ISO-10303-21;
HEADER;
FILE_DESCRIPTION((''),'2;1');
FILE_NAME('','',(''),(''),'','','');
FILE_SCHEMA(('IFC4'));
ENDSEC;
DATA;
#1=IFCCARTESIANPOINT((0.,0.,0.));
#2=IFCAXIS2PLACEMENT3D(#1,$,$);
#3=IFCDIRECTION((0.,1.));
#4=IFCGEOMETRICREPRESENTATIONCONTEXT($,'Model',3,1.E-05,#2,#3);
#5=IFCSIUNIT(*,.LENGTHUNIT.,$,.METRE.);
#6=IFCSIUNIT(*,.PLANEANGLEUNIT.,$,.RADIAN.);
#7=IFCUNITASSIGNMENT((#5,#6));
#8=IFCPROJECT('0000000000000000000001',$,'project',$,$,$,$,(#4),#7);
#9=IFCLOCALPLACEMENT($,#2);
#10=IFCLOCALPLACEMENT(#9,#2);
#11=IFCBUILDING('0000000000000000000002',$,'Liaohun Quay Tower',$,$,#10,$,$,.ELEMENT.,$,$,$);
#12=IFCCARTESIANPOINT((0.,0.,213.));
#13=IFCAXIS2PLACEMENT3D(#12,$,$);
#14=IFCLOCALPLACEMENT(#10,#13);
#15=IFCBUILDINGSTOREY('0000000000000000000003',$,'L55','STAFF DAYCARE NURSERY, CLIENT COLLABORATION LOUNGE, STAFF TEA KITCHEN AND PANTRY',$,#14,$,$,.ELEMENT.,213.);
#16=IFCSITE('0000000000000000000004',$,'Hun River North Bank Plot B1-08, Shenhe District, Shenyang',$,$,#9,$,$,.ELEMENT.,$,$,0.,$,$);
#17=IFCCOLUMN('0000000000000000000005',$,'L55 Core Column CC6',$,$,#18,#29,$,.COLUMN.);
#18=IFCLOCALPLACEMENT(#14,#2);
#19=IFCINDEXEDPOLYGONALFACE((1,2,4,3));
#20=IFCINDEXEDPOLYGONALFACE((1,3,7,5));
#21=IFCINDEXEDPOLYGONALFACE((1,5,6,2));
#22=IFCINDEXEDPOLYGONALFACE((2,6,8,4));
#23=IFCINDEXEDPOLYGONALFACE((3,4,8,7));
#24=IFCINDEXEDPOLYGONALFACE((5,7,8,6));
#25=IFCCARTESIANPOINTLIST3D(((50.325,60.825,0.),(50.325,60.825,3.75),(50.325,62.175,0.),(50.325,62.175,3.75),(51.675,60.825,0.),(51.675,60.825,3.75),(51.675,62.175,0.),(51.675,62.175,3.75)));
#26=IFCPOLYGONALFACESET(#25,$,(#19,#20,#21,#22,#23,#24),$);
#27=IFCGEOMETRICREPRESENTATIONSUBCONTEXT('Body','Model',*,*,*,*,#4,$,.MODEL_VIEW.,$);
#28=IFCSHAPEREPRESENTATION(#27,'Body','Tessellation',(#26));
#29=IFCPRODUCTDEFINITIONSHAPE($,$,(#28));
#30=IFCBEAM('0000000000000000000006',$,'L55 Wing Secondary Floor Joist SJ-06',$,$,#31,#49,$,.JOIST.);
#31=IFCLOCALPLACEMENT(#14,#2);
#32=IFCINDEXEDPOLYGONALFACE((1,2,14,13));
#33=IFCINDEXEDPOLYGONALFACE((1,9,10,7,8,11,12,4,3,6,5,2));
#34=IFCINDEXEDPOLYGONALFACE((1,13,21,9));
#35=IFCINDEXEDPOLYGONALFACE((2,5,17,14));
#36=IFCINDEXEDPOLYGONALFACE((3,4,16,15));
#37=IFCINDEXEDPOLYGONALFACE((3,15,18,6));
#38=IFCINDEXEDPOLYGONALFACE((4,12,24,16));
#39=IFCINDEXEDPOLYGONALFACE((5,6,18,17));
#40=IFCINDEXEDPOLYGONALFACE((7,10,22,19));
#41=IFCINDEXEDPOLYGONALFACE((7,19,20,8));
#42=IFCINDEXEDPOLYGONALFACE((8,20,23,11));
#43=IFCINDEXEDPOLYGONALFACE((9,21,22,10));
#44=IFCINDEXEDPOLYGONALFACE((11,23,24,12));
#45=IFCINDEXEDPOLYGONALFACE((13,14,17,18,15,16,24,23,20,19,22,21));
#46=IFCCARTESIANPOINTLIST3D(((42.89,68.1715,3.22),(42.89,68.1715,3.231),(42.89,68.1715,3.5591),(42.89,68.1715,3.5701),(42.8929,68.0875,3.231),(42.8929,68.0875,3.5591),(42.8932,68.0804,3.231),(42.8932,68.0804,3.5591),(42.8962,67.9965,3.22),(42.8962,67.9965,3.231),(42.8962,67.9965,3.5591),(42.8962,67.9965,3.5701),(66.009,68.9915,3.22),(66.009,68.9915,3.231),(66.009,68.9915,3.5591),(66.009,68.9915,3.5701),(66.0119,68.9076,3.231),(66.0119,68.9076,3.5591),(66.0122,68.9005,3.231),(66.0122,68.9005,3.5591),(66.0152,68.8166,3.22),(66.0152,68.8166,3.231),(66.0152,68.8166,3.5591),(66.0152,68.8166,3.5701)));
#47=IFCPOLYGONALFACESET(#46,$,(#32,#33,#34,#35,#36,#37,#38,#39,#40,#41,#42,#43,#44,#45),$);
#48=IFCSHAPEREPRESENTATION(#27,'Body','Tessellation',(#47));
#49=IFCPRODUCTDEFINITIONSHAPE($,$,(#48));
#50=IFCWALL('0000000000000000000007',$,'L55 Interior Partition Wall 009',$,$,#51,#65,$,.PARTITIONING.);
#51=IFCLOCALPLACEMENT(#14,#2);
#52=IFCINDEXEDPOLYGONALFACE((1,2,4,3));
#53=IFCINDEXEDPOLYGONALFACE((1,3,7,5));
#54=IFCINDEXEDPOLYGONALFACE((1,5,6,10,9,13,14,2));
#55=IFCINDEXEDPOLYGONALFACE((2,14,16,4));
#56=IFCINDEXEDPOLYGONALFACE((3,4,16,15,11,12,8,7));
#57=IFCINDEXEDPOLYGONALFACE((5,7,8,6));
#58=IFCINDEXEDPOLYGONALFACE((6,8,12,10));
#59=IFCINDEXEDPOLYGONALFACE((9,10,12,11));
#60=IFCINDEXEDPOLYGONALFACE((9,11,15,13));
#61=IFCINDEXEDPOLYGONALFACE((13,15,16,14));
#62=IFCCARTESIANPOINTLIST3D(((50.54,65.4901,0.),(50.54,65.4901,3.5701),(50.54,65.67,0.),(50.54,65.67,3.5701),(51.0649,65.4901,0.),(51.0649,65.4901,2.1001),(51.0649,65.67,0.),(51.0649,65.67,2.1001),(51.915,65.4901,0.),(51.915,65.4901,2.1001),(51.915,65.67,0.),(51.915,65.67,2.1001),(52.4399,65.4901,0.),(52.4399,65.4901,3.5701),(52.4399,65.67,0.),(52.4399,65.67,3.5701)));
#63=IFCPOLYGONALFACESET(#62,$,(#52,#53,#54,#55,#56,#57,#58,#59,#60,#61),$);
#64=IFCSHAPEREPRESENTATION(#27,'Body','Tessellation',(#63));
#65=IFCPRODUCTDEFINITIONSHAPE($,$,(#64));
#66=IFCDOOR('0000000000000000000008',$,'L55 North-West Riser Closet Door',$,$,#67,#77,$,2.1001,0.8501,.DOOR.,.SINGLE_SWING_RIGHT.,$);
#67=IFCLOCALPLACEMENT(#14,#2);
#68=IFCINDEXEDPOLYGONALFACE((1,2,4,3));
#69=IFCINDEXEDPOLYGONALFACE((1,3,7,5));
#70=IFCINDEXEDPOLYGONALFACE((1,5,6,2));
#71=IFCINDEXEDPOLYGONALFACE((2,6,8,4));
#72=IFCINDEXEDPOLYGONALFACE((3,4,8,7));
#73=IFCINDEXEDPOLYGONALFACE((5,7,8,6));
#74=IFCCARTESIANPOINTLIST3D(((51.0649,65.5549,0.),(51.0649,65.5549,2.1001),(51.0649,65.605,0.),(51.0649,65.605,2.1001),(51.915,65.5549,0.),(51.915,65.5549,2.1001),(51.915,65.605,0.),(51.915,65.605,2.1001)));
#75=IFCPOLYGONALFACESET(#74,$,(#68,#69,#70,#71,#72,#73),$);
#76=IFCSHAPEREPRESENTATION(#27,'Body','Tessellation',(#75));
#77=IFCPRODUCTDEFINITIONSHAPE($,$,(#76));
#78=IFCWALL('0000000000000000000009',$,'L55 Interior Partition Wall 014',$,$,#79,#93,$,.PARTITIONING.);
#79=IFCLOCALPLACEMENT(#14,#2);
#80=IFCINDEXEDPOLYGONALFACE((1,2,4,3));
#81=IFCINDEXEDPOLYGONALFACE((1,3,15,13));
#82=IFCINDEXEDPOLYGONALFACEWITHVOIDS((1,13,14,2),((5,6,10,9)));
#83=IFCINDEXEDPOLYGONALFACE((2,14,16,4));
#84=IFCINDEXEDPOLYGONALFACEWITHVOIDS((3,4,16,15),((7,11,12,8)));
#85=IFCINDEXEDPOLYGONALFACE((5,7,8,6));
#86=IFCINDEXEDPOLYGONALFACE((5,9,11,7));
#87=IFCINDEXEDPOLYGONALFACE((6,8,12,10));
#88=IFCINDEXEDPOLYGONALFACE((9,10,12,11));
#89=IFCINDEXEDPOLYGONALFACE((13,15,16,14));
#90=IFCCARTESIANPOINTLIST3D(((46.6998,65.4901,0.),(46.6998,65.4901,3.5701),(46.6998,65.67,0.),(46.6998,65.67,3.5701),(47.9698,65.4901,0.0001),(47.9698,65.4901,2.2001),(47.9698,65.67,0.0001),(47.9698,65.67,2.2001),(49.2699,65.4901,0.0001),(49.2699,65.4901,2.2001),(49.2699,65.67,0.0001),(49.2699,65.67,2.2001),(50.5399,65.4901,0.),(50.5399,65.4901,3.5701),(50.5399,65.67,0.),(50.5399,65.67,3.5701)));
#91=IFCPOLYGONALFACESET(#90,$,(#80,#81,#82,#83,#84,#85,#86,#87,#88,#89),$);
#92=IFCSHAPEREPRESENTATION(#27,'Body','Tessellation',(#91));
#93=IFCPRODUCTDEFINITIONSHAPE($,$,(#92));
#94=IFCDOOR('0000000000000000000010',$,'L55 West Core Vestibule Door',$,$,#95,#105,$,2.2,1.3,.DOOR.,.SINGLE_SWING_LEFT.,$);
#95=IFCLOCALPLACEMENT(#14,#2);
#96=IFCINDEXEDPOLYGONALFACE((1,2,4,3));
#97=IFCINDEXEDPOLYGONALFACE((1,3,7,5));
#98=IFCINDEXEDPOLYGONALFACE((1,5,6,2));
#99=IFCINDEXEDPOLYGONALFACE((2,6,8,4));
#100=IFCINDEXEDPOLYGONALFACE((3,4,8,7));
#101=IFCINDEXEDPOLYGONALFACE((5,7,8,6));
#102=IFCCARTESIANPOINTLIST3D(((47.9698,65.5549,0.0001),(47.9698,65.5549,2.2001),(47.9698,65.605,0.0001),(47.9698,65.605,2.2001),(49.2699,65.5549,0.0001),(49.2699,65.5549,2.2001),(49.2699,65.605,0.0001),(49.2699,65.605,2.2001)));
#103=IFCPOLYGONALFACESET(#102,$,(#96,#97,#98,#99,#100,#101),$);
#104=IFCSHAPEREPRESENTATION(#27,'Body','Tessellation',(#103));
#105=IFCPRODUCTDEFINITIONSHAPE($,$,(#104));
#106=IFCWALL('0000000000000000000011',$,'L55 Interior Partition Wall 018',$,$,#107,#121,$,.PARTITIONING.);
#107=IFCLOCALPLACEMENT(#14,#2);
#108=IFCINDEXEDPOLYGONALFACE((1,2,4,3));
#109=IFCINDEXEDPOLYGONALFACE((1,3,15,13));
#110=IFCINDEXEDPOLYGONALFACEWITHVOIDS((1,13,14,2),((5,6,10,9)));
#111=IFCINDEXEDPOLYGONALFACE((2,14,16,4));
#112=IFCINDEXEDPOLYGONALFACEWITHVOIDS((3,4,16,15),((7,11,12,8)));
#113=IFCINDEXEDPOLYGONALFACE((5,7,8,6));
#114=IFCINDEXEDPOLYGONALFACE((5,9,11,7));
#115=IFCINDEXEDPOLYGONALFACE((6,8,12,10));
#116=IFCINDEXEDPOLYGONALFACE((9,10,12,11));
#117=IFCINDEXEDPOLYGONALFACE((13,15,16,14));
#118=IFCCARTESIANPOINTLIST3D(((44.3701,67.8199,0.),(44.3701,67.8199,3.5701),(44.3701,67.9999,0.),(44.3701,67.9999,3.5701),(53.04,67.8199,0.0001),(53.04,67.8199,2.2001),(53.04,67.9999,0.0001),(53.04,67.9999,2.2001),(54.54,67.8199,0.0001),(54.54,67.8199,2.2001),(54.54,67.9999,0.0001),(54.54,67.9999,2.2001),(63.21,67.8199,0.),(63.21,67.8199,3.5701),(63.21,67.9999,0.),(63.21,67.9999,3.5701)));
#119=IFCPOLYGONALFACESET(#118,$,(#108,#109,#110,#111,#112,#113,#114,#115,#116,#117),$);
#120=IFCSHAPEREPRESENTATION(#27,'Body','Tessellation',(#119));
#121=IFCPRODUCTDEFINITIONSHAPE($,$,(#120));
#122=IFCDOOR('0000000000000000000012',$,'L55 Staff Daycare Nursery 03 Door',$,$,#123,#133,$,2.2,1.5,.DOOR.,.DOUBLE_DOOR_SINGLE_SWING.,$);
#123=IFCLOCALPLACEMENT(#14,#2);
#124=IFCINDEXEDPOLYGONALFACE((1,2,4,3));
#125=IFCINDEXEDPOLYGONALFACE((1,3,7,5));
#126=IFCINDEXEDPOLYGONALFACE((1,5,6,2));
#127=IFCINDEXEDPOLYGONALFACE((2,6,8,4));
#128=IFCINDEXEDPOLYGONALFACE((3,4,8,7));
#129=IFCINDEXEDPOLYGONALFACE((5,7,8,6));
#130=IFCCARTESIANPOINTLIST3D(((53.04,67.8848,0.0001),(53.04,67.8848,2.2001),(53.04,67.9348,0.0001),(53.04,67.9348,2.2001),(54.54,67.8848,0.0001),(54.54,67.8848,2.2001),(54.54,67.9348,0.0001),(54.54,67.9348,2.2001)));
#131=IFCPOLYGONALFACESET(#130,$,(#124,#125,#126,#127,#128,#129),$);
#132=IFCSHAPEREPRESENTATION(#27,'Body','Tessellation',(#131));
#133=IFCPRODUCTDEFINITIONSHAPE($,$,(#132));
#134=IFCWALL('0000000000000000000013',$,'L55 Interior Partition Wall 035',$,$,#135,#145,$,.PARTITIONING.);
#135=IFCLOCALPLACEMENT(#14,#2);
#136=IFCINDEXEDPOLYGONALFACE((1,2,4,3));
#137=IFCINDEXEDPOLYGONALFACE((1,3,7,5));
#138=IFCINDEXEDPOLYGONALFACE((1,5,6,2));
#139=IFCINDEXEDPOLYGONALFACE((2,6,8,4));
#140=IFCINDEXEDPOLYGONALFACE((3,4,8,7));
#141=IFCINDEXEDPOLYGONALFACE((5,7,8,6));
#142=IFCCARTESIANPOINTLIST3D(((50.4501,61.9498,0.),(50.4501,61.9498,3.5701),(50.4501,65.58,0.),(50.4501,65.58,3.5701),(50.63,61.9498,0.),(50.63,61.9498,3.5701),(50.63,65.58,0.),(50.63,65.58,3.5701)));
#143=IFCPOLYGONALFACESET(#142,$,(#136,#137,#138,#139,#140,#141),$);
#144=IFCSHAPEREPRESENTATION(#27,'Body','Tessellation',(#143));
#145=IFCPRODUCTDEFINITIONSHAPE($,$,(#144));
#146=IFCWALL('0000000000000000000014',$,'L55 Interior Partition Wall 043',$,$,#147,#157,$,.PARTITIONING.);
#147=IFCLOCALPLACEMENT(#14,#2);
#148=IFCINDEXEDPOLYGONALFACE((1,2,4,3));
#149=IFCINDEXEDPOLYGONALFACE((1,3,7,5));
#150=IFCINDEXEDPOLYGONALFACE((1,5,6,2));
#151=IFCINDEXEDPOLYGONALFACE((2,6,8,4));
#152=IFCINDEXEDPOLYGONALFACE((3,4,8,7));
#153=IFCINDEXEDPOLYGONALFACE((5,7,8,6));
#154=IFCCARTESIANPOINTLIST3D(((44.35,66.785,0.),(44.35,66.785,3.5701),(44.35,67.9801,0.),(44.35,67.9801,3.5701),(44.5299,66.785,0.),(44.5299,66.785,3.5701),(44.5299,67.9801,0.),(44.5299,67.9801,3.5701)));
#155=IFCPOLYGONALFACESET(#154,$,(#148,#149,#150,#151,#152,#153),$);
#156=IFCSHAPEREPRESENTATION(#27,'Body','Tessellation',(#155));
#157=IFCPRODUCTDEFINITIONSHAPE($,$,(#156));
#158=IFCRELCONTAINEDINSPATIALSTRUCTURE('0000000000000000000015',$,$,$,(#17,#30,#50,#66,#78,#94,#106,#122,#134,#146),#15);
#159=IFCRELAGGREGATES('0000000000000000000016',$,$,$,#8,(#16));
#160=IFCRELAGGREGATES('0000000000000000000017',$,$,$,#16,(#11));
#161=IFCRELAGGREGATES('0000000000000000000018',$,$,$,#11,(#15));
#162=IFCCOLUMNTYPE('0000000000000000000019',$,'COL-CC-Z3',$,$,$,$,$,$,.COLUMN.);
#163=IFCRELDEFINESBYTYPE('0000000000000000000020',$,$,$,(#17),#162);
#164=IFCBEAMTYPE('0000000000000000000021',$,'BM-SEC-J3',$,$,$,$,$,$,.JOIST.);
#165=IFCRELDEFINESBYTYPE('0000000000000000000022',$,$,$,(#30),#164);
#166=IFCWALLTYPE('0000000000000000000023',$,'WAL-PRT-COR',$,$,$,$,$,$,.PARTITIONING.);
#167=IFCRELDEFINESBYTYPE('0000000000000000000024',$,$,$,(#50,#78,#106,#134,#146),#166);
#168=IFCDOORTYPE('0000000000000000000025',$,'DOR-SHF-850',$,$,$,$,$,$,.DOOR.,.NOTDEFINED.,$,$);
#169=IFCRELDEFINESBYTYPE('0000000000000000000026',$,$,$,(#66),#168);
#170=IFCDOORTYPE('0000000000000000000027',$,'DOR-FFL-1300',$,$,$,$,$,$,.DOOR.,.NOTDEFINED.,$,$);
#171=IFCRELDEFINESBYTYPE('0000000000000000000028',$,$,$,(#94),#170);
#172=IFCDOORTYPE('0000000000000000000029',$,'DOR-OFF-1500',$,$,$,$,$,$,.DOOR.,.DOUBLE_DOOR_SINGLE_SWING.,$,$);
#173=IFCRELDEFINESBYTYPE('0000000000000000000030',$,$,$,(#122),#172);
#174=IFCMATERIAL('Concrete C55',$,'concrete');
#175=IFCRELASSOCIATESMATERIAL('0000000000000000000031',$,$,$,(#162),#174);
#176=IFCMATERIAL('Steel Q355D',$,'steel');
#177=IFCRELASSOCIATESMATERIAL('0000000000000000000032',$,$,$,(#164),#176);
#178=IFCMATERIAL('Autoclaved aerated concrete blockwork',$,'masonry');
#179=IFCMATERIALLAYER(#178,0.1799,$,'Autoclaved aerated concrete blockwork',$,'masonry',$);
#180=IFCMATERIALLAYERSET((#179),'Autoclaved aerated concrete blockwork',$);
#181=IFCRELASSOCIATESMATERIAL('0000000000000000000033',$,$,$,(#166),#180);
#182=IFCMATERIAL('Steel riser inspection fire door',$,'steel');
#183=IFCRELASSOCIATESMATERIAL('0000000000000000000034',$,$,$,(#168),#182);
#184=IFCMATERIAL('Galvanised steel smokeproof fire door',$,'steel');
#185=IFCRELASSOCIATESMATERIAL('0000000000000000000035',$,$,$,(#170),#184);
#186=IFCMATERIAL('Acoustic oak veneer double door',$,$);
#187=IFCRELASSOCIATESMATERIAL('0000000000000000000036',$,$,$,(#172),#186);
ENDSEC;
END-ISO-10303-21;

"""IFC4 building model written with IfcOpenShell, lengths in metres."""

from ifc_helpers import new_model, si_unit, direction, frame, frame_2d, origin, origin_2d, place, context, subcontext, project, spatial, rectangle, i_section, extrude, source, transform, mapped, material, layer, layer_set, material_profile, profile_set, type_object, element, fill, save


model = new_model("IFC4")

# Units and contexts
model_context = context("Model", 3, precision=1e-05, world=origin(), true_north=direction((0.0, 1.0)))
body_context = subcontext(model_context, "Body", "Model", "MODEL_VIEW")
ifc_project = project(units=[si_unit("LENGTHUNIT", "METRE"), si_unit("PLANEANGLEUNIT", "RADIAN")], contexts=[model_context])

# Site, building, storey
site_placement = place(None, origin())
site = spatial("IfcSite", under=ifc_project, at=site_placement, Name="Hun River North Bank Plot B1-08, Shenhe District, Shenyang", CompositionType="ELEMENT", RefElevation=0.0)
building_placement = place(site_placement, origin())
building = spatial("IfcBuilding", under=site, at=building_placement, Name="Liaohun Quay Tower", CompositionType="ELEMENT")
storey_placement = place(building_placement, frame((0.0, 0.0, 213.0)))
storey = spatial("IfcBuildingStorey", under=building, at=storey_placement, Name="L55", Description="STAFF DAYCARE NURSERY, CLIENT COLLABORATION LOUNGE, STAFF TEA KITCHEN AND PANTRY", CompositionType="ELEMENT", Elevation=213.0)

# Column
ifc_material_1 = material(Name="Concrete C55", Category="concrete")
ifc_material_profile_1 = material_profile(ifc_material_1, rectangle(XDim=1.3501, YDim=1.3501, at=origin_2d()), Name="RC1350x1350")
ifc_profile_set_1 = profile_set([ifc_material_profile_1], Name="Concrete C55")
column_type = type_object("IfcColumnType", Name="COL-CC-Z3", PredefinedType="COLUMN", material=ifc_profile_set_1)
shared_shape_1 = source(origin(), body_context, "Body", "SweptSolid", [
    extrude(rectangle(XDim=1.3501, YDim=1.3501, at=origin_2d()), origin(), (0.0, 0.0, 1.0), 3.75),
])
column_placement = place(storey_placement, frame((51.0, 61.5, 0.0), z_axis=(0.0, 0.0, 1.0), x_axis=(1.0, 0.0, 0.0)))
element("IfcColumn", 1, at=column_placement, inside=storey, type_object=column_type, Name="L55 Core Column CC6", PredefinedType="COLUMN", context=body_context, shape_type="MappedRepresentation", body=[
    mapped(shared_shape_1, transform((0.0, 0.0, 0.0), x_axis=(1.0, 0.0, 0.0), y_axis=(0.0, 1.0, 0.0), z_axis=(0.0, 0.0, 1.0), scale=1.0)),
])

# Beam
ifc_material_2 = material(Name="Steel Q355D", Category="steel")
ifc_material_profile_2 = material_profile(ifc_material_2, i_section(OverallWidth=0.175, OverallDepth=0.3501, WebThickness=0.0071, FlangeThickness=0.011, at=origin_2d()), Name="HN350x175x7x11")
ifc_profile_set_2 = profile_set([ifc_material_profile_2], Name="Steel Q355D")
beam_type = type_object("IfcBeamType", Name="BM-SEC-J3", PredefinedType="JOIST", material=ifc_profile_set_2)
shared_shape_2 = source(origin(), body_context, "Body", "SweptSolid", [
    extrude(i_section(OverallWidth=0.175, OverallDepth=0.3501, WebThickness=0.0071, FlangeThickness=0.011, at=origin_2d()), origin(), (0.0, 0.0, 1.0), 23.1335),
])
beam_placement = place(storey_placement, frame((42.8931, 68.084, 3.395), z_axis=(0.999371, 0.035449, 0.0), x_axis=(-0.035449, 0.999371, 0.0)))
element("IfcBeam", 2, at=beam_placement, inside=storey, type_object=beam_type, Name="L55 Wing Secondary Floor Joist SJ-06", PredefinedType="JOIST", context=body_context, shape_type="MappedRepresentation", body=[
    mapped(shared_shape_2, transform((0.0, 0.0, 0.0), x_axis=(1.0, 0.0, 0.0), y_axis=(0.0, 1.0, 0.0), z_axis=(0.0, 0.0, 1.0), scale=1.0)),
])

# Walls, openings, doors
ifc_material_3 = material(Name="Autoclaved aerated concrete blockwork", Category="masonry")
ifc_layer_1 = layer(ifc_material_3, 0.1799, Name="Autoclaved aerated concrete blockwork", Category="masonry")
ifc_layer_set_1 = layer_set([ifc_layer_1], Name="Autoclaved aerated concrete blockwork")
wall_type_1 = type_object("IfcWallType", Name="WAL-PRT-COR", PredefinedType="PARTITIONING", material=ifc_layer_set_1)
wall_1_placement = place(storey_placement, frame((50.54, 65.5801, 0.0), z_axis=(0.0, 0.0, 1.0), x_axis=(1.0, 0.0, 0.0)))
wall_1 = element("IfcWall", 3, at=wall_1_placement, inside=storey, type_object=wall_type_1, Name="L55 Interior Partition Wall 009", PredefinedType="PARTITIONING", context=body_context, shape_type="SweptSolid", body=[
    extrude(rectangle(XDim=1.8999, YDim=0.1799, at=frame_2d((0.95, 0.0))), origin(), (0.0, 0.0, 1.0), 3.5701),
])
shared_shape_3 = source(origin(), body_context, "Body", "SweptSolid", [
    extrude(rectangle(XDim=0.8501, YDim=2.1001, at=frame_2d((0.425, 1.05))), frame((0.0, 0.0999, 0.0), z_axis=(0.0, -1.0, 0.0), x_axis=(1.0, 0.0, 0.0)), (0.0, 0.0, 1.0), 0.2),
])
opening_1_placement = place(wall_1_placement, frame((0.5249, 0.0, 0.0)))
opening_1 = element("IfcOpeningElement", 4, at=opening_1_placement, cuts=wall_1, PredefinedType="OPENING", context=body_context, shape_type="MappedRepresentation", body=[
    mapped(shared_shape_3, transform((0.0, 0.0, 0.0), x_axis=(1.0, 0.0, 0.0), y_axis=(0.0, 1.0, 0.0), z_axis=(0.0, 0.0, 1.0), scale=1.0)),
])
ifc_material_4 = material(Name="Steel riser inspection fire door", Category="steel")
door_type_1 = type_object("IfcDoorType", Name="DOR-SHF-850", OperationType="NOTDEFINED", PredefinedType="DOOR", material=ifc_material_4)
shared_shape_4 = source(origin(), body_context, "Body", "SweptSolid", [
    extrude(rectangle(XDim=0.8501, YDim=2.1001, at=frame_2d((0.425, 1.05))), frame((0.0, 0.0249, 0.0), z_axis=(0.0, -1.0, 0.0), x_axis=(1.0, 0.0, 0.0)), (0.0, 0.0, 1.0), 0.05),
])
door_1_placement = place(opening_1_placement, origin())
door_1 = element("IfcDoor", 5, at=door_1_placement, inside=storey, type_object=door_type_1, Name="L55 North-West Riser Closet Door", OperationType="SINGLE_SWING_RIGHT", OverallHeight=2.1001, OverallWidth=0.8501, PredefinedType="DOOR", context=body_context, shape_type="MappedRepresentation", body=[
    mapped(shared_shape_4, transform((0.0, 0.0, 0.0), x_axis=(1.0, 0.0, 0.0), y_axis=(0.0, 1.0, 0.0), z_axis=(0.0, 0.0, 1.0), scale=1.0)),
])
fill(opening_1, door_1)
wall_2_placement = place(storey_placement, frame((46.7, 65.5801, 0.0), z_axis=(0.0, 0.0, 1.0), x_axis=(1.0, 0.0, 0.0)))
wall_2 = element("IfcWall", 6, at=wall_2_placement, inside=storey, type_object=wall_type_1, Name="L55 Interior Partition Wall 014", PredefinedType="PARTITIONING", context=body_context, shape_type="SweptSolid", body=[
    extrude(rectangle(XDim=3.8401, YDim=0.1799, at=frame_2d((1.9199, 0.0))), origin(), (0.0, 0.0, 1.0), 3.5701),
])
shared_shape_5 = source(origin(), body_context, "Body", "SweptSolid", [
    extrude(rectangle(XDim=1.3, YDim=2.2, at=frame_2d((0.6499, 1.1001))), frame((0.0, 0.0999, 0.0), z_axis=(0.0, -1.0, 0.0), x_axis=(1.0, 0.0, 0.0)), (0.0, 0.0, 1.0), 0.2),
])
opening_2_placement = place(wall_2_placement, frame((1.27, 0.0, 0.0)))
opening_2 = element("IfcOpeningElement", 7, at=opening_2_placement, cuts=wall_2, PredefinedType="OPENING", context=body_context, shape_type="MappedRepresentation", body=[
    mapped(shared_shape_5, transform((0.0, 0.0, 0.0), x_axis=(1.0, 0.0, 0.0), y_axis=(0.0, 1.0, 0.0), z_axis=(0.0, 0.0, 1.0), scale=1.0)),
])
ifc_material_5 = material(Name="Galvanised steel smokeproof fire door", Category="steel")
door_type_2 = type_object("IfcDoorType", Name="DOR-FFL-1300", OperationType="NOTDEFINED", PredefinedType="DOOR", material=ifc_material_5)
shared_shape_6 = source(origin(), body_context, "Body", "SweptSolid", [
    extrude(rectangle(XDim=1.3, YDim=2.2, at=frame_2d((0.6499, 1.1001))), frame((0.0, 0.0249, 0.0), z_axis=(0.0, -1.0, 0.0), x_axis=(1.0, 0.0, 0.0)), (0.0, 0.0, 1.0), 0.05),
])
door_2_placement = place(opening_2_placement, origin())
door_2 = element("IfcDoor", 8, at=door_2_placement, inside=storey, type_object=door_type_2, Name="L55 West Core Vestibule Door", OperationType="SINGLE_SWING_LEFT", OverallHeight=2.2, OverallWidth=1.3, PredefinedType="DOOR", context=body_context, shape_type="MappedRepresentation", body=[
    mapped(shared_shape_6, transform((0.0, 0.0, 0.0), x_axis=(1.0, 0.0, 0.0), y_axis=(0.0, 1.0, 0.0), z_axis=(0.0, 0.0, 1.0), scale=1.0)),
])
fill(opening_2, door_2)
wall_3_placement = place(storey_placement, frame((44.3701, 67.9099, 0.0), z_axis=(0.0, 0.0, 1.0), x_axis=(1.0, 0.0, 0.0)))
wall_3 = element("IfcWall", 9, at=wall_3_placement, inside=storey, type_object=wall_type_1, Name="L55 Interior Partition Wall 018", PredefinedType="PARTITIONING", context=body_context, shape_type="SweptSolid", body=[
    extrude(rectangle(XDim=18.8398, YDim=0.1799, at=frame_2d((9.4199, 0.0))), origin(), (0.0, 0.0, 1.0), 3.5701),
])
shared_shape_7 = source(origin(), body_context, "Body", "SweptSolid", [
    extrude(rectangle(XDim=1.5, YDim=2.2, at=frame_2d((0.75, 1.1001))), frame((0.0, 0.0999, 0.0), z_axis=(0.0, -1.0, 0.0), x_axis=(1.0, 0.0, 0.0)), (0.0, 0.0, 1.0), 0.2),
])
opening_3_placement = place(wall_3_placement, frame((8.6699, 0.0, 0.0)))
opening_3 = element("IfcOpeningElement", 10, at=opening_3_placement, cuts=wall_3, PredefinedType="OPENING", context=body_context, shape_type="MappedRepresentation", body=[
    mapped(shared_shape_7, transform((0.0, 0.0, 0.0), x_axis=(1.0, 0.0, 0.0), y_axis=(0.0, 1.0, 0.0), z_axis=(0.0, 0.0, 1.0), scale=1.0)),
])
ifc_material_6 = material(Name="Acoustic oak veneer double door")
door_type_3 = type_object("IfcDoorType", Name="DOR-OFF-1500", OperationType="DOUBLE_DOOR_SINGLE_SWING", PredefinedType="DOOR", material=ifc_material_6)
shared_shape_8 = source(origin(), body_context, "Body", "SweptSolid", [
    extrude(rectangle(XDim=1.5, YDim=2.2, at=frame_2d((0.75, 1.1001))), frame((0.0, 0.0249, 0.0), z_axis=(0.0, -1.0, 0.0), x_axis=(1.0, 0.0, 0.0)), (0.0, 0.0, 1.0), 0.05),
])
door_3_placement = place(opening_3_placement, origin())
door_3 = element("IfcDoor", 11, at=door_3_placement, inside=storey, type_object=door_type_3, Name="L55 Staff Daycare Nursery 03 Door", OperationType="DOUBLE_DOOR_SINGLE_SWING", OverallHeight=2.2, OverallWidth=1.5, PredefinedType="DOOR", context=body_context, shape_type="MappedRepresentation", body=[
    mapped(shared_shape_8, transform((0.0, 0.0, 0.0), x_axis=(1.0, 0.0, 0.0), y_axis=(0.0, 1.0, 0.0), z_axis=(0.0, 0.0, 1.0), scale=1.0)),
])
fill(opening_3, door_3)

# Walls
wall_4_placement = place(storey_placement, frame((50.54, 61.95, 0.0), z_axis=(0.0, 0.0, 1.0), x_axis=(0.0, 1.0, 0.0)))
element("IfcWall", 12, at=wall_4_placement, inside=storey, type_object=wall_type_1, Name="L55 Interior Partition Wall 035", PredefinedType="PARTITIONING", context=body_context, shape_type="SweptSolid", body=[
    extrude(rectangle(XDim=3.6301, YDim=0.1799, at=frame_2d((1.8149, 0.0))), origin(), (0.0, 0.0, 1.0), 3.5701),
])
wall_5_placement = place(storey_placement, frame((44.4399, 66.7849, 0.0), z_axis=(0.0, 0.0, 1.0), x_axis=(0.0, 1.0, 0.0)))
element("IfcWall", 13, at=wall_5_placement, inside=storey, type_object=wall_type_1, Name="L55 Interior Partition Wall 043", PredefinedType="PARTITIONING", context=body_context, shape_type="SweptSolid", body=[
    extrude(rectangle(XDim=1.1951, YDim=0.1799, at=frame_2d((0.5977, 0.0))), origin(), (0.0, 0.0, 1.0), 3.5701),
])

save(model, "model.ifc")
